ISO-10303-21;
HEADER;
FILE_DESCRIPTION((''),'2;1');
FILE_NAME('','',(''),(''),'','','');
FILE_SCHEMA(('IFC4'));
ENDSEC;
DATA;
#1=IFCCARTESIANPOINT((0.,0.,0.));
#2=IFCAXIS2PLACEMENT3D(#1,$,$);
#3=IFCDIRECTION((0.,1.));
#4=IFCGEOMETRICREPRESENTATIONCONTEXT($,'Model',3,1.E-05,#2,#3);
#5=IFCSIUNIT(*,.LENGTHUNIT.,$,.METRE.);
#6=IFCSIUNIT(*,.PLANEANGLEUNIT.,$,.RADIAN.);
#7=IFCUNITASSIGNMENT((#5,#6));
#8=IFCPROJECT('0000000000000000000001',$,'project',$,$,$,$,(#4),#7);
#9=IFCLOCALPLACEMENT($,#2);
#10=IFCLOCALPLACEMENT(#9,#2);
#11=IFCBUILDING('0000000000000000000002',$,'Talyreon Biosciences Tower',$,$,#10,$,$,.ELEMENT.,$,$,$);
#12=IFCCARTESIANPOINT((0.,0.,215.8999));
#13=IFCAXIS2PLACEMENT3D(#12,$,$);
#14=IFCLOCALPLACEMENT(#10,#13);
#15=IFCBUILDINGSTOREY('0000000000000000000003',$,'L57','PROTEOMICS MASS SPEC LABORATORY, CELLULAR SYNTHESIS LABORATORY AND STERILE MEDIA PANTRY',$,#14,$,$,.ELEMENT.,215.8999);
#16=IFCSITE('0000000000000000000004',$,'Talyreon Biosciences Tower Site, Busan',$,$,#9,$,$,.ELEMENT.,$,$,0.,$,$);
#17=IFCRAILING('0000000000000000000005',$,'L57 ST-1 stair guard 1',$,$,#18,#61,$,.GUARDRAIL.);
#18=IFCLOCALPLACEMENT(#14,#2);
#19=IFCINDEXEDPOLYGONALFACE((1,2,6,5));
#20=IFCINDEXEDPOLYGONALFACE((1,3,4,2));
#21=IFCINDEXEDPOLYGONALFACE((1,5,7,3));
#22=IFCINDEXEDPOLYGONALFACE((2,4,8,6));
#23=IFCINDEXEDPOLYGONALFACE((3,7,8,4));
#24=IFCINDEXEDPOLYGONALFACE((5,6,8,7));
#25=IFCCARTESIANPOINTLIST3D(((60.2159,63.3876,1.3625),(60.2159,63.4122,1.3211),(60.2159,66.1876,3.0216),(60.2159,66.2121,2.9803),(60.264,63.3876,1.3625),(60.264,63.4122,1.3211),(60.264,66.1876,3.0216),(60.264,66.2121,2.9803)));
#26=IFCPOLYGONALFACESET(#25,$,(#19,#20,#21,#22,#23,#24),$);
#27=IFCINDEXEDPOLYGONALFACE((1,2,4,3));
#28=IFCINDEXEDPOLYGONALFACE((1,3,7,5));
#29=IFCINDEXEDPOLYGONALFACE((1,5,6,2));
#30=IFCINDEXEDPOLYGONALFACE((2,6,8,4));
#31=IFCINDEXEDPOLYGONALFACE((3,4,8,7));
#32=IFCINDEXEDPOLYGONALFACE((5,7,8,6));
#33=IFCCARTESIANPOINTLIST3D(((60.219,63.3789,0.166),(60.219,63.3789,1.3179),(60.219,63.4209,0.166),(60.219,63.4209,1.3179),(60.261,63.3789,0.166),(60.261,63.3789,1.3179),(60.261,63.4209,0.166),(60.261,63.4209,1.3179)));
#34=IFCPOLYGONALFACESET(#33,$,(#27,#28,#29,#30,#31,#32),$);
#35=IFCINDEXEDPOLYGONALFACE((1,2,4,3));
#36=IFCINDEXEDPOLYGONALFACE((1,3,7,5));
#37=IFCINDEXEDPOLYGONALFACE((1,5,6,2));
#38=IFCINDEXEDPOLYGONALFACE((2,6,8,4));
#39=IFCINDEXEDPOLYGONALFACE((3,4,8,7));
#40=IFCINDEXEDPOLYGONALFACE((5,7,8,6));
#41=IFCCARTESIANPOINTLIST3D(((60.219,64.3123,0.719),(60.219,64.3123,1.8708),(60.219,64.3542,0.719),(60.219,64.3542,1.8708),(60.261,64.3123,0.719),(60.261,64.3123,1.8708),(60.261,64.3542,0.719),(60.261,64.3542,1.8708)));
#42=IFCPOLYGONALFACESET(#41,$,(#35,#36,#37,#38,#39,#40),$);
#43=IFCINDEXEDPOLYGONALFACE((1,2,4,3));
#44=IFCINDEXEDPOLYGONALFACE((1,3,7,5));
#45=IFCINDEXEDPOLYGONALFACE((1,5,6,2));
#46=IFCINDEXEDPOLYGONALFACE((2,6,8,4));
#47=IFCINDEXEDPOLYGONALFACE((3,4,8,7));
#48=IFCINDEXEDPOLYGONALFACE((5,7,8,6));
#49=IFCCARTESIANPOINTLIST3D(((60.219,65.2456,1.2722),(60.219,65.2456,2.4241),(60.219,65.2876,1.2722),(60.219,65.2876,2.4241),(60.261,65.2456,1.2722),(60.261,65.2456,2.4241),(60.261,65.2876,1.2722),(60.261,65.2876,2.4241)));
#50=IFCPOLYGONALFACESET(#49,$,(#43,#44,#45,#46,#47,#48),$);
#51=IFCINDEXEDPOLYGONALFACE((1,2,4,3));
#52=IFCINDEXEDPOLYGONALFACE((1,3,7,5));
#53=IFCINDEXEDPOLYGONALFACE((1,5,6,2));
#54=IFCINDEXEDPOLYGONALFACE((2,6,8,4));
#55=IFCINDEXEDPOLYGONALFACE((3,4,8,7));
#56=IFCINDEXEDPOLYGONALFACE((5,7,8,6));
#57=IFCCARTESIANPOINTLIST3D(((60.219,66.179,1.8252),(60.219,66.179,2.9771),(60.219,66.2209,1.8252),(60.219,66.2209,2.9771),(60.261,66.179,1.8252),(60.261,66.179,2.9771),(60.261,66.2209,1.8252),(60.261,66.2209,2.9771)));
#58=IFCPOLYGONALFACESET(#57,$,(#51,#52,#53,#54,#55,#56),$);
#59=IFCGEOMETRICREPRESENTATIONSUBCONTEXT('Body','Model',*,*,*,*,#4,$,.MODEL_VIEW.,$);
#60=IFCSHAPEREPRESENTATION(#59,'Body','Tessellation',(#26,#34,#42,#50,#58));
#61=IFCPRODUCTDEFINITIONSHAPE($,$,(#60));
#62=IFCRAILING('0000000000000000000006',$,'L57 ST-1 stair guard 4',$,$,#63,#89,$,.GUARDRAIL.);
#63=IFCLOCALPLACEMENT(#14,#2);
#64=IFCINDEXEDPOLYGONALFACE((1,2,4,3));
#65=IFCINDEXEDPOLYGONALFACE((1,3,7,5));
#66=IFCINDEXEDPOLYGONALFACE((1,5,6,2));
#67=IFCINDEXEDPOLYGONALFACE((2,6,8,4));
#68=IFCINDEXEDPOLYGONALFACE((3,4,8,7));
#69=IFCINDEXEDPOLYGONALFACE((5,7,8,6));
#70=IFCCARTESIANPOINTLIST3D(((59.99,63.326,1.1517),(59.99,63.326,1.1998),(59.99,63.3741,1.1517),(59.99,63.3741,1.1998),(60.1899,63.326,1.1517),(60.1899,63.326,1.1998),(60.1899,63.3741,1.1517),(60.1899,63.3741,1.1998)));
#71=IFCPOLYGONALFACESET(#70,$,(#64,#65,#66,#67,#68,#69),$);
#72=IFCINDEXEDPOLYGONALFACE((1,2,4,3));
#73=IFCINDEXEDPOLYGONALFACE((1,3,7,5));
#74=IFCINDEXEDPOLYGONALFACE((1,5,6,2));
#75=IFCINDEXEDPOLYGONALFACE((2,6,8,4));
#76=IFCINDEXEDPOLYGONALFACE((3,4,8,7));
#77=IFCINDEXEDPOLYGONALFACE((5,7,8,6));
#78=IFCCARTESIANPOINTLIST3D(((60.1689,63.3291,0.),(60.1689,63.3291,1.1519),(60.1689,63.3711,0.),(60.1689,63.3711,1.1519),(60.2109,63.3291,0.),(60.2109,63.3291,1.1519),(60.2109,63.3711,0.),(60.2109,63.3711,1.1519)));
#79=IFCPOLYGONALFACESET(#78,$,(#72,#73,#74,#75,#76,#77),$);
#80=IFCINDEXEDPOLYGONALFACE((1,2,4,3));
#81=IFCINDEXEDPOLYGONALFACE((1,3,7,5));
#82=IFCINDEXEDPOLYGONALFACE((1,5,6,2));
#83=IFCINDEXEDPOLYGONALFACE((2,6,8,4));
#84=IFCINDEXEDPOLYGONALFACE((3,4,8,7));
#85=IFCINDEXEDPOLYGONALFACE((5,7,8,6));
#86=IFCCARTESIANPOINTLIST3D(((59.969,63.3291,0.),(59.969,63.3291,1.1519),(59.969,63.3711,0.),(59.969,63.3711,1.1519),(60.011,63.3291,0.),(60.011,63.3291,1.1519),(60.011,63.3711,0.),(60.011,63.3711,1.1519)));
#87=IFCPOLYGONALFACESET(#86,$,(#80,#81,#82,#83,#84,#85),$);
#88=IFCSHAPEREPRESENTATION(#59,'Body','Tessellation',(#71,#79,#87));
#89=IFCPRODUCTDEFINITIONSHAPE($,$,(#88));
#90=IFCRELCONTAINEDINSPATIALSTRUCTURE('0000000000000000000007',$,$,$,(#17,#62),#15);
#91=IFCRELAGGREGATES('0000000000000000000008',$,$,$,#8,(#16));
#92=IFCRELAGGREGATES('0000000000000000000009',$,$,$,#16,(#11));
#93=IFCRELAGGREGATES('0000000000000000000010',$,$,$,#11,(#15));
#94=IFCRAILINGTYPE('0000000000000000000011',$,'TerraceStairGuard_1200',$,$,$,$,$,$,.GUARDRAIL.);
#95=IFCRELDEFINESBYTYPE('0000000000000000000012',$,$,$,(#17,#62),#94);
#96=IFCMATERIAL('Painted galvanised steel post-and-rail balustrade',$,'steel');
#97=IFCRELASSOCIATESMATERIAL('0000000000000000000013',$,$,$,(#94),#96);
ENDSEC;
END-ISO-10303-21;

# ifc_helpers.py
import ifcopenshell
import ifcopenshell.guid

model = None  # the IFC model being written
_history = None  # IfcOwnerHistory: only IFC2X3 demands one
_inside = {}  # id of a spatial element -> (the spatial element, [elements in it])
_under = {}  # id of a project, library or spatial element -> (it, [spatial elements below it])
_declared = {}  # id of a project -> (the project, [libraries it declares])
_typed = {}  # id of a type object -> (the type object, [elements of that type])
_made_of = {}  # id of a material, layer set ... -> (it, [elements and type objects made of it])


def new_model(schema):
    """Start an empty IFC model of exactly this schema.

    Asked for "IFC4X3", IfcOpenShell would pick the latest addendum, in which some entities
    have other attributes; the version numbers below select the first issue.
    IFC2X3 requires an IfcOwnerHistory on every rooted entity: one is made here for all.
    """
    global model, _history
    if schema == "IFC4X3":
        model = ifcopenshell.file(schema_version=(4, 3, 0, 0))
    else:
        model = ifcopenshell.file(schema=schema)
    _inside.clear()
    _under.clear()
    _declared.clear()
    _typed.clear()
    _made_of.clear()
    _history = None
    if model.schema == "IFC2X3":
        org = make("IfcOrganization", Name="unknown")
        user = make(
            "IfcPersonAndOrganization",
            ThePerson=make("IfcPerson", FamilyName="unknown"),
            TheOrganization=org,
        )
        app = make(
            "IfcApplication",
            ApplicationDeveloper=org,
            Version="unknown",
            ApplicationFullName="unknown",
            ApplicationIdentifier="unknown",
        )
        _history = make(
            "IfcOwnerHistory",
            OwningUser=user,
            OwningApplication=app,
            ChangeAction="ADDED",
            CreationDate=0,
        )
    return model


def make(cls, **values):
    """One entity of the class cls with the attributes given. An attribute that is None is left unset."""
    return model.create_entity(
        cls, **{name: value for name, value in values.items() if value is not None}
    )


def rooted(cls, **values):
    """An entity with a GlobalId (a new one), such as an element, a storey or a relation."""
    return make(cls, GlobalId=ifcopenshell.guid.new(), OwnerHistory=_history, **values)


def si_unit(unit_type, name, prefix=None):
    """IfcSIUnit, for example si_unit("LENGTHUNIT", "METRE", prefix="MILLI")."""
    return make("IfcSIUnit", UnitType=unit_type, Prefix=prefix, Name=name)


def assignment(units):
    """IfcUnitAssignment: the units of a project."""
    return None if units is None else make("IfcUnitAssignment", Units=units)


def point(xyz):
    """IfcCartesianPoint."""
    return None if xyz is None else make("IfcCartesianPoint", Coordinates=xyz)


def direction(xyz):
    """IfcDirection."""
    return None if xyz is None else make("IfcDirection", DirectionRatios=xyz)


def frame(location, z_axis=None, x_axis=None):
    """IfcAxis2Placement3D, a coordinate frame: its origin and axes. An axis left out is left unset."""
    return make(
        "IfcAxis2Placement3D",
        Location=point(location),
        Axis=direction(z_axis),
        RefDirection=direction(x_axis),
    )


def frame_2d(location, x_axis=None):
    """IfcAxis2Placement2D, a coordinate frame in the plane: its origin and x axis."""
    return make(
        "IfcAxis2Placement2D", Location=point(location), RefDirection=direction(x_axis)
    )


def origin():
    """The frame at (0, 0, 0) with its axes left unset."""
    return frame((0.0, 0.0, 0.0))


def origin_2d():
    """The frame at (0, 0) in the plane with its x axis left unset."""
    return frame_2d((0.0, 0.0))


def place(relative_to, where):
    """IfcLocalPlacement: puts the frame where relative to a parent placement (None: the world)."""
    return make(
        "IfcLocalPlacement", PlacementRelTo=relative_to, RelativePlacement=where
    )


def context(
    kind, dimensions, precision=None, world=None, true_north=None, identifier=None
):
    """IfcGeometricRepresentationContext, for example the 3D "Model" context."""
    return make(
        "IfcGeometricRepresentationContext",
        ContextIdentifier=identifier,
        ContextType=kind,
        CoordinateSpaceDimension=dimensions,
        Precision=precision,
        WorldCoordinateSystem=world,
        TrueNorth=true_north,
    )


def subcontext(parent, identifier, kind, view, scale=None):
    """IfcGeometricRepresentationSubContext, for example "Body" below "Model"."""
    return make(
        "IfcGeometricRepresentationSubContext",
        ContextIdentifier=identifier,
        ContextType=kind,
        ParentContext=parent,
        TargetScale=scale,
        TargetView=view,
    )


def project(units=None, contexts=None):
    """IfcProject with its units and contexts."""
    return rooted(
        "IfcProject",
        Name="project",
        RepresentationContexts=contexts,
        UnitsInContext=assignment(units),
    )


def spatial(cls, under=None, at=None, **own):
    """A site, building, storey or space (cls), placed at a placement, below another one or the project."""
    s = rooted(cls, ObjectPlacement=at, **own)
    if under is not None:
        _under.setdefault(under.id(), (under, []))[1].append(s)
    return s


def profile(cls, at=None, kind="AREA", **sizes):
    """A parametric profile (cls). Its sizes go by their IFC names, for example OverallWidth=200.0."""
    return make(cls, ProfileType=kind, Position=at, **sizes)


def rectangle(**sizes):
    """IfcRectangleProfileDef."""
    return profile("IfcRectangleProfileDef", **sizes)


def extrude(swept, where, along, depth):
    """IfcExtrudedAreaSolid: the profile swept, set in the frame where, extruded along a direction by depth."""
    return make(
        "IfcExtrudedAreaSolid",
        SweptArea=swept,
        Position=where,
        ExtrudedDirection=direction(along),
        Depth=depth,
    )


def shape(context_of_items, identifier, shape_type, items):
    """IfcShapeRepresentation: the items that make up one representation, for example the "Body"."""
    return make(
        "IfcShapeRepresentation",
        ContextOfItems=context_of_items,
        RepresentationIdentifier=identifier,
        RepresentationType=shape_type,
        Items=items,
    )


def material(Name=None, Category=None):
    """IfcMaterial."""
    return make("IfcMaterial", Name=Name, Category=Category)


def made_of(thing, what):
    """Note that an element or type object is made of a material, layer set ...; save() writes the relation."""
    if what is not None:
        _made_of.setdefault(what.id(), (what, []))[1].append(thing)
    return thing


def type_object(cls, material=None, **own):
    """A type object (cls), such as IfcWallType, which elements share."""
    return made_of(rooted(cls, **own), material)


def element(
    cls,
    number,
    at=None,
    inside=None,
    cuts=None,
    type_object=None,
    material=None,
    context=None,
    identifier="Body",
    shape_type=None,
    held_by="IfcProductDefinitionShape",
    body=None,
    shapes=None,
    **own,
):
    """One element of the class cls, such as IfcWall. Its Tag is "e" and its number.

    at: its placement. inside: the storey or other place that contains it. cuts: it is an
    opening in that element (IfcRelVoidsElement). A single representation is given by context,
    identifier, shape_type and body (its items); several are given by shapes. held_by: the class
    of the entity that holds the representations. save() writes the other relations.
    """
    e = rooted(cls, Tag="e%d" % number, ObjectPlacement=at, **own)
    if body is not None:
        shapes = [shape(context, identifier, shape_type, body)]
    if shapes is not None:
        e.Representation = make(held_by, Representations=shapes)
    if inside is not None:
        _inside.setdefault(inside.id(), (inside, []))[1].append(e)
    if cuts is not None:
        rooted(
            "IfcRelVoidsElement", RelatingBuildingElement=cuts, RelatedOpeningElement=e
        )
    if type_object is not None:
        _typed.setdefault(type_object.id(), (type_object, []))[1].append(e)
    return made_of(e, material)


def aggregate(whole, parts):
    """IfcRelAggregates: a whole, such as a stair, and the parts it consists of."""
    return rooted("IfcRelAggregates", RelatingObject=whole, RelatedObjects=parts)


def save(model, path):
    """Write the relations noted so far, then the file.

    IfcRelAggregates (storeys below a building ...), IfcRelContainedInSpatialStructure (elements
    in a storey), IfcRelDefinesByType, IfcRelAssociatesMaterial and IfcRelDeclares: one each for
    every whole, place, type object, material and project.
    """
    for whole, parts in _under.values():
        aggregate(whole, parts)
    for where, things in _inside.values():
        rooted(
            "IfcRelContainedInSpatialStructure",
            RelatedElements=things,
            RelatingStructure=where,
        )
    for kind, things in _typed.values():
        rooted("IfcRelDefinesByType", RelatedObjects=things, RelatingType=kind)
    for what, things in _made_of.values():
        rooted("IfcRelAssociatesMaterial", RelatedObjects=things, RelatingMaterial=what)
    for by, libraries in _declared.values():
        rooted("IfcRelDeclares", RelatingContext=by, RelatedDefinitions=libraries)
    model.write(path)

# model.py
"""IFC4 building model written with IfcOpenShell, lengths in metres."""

from ifc_helpers import new_model, si_unit, direction, frame, origin, origin_2d, place, context, subcontext, project, spatial, rectangle, extrude, material, type_object, element, save


model = new_model("IFC4")

# Units and contexts
model_context = context("Model", 3, precision=1e-05, world=origin(), true_north=direction((0.0, 1.0)))
body_context = subcontext(model_context, "Body", "Model", "MODEL_VIEW")
ifc_project = project(units=[si_unit("LENGTHUNIT", "METRE"), si_unit("PLANEANGLEUNIT", "RADIAN")], contexts=[model_context])

# Site, building, storey
site_placement = place(None, origin())
site = spatial("IfcSite", under=ifc_project, at=site_placement, Name="Talyreon Biosciences Tower Site, Busan", CompositionType="ELEMENT", RefElevation=0.0)
building_placement = place(site_placement, origin())
building = spatial("IfcBuilding", under=site, at=building_placement, Name="Talyreon Biosciences Tower", CompositionType="ELEMENT")
storey_placement = place(building_placement, frame((0.0, 0.0, 215.8999)))
storey = spatial("IfcBuildingStorey", under=building, at=storey_placement, Name="L57", Description="PROTEOMICS MASS SPEC LABORATORY, CELLULAR SYNTHESIS LABORATORY AND STERILE MEDIA PANTRY", CompositionType="ELEMENT", Elevation=215.8999)

# Railings
ifc_material_1 = material(Name="Painted galvanised steel post-and-rail balustrade", Category="steel")
railing_type_1 = type_object("IfcRailingType", Name="TerraceStairGuard_1200", PredefinedType="GUARDRAIL", material=ifc_material_1)
railing_1_placement = place(storey_placement, frame((60.24, 63.3999, 0.166)))
element("IfcRailing", 1, at=railing_1_placement, inside=storey, type_object=railing_type_1, Name="L57 ST-1 stair guard 1", PredefinedType="GUARDRAIL", context=body_context, shape_type="SweptSolid", body=[
    extrude(rectangle(XDim=0.0481, YDim=0.0481, at=origin_2d()), frame((0.0, 0.0, 1.1758), z_axis=(0.0, 0.860306, 0.509778), x_axis=(-1.0, 0.0, 0.0)), (0.0, 0.0, 1.0), 3.2546),
    extrude(rectangle(XDim=0.042, YDim=0.042, at=origin_2d()), origin(), (0.0, 0.0, 1.0), 1.1519),
    extrude(rectangle(XDim=0.042, YDim=0.042, at=origin_2d()), frame((0.0, 0.9333, 0.553)), (0.0, 0.0, 1.0), 1.1519),
    extrude(rectangle(XDim=0.042, YDim=0.042, at=origin_2d()), frame((0.0, 1.8667, 1.1062)), (0.0, 0.0, 1.0), 1.1519),
    extrude(rectangle(XDim=0.042, YDim=0.042, at=origin_2d()), frame((0.0, 2.8, 1.6592)), (0.0, 0.0, 1.0), 1.1519),
])
railing_2_placement = place(storey_placement, frame((60.1899, 63.3501, 0.0)))
element("IfcRailing", 2, at=railing_2_placement, inside=storey, type_object=railing_type_1, Name="L57 ST-1 stair guard 4", PredefinedType="GUARDRAIL", context=body_context, shape_type="SweptSolid", body=[
    extrude(rectangle(XDim=0.0481, YDim=0.0481, at=origin_2d()), frame((0.0, 0.0, 1.1758), z_axis=(-1.0, 0.0, 0.0), x_axis=(0.0, -1.0, 0.0)), (0.0, 0.0, 1.0), 0.2),
    extrude(rectangle(XDim=0.042, YDim=0.042, at=origin_2d()), origin(), (0.0, 0.0, 1.0), 1.1519),
    extrude(rectangle(XDim=0.042, YDim=0.042, at=origin_2d()), frame((-0.2, 0.0, 0.0)), (0.0, 0.0, 1.0), 1.1519),
])

save(model, "model.ifc")
